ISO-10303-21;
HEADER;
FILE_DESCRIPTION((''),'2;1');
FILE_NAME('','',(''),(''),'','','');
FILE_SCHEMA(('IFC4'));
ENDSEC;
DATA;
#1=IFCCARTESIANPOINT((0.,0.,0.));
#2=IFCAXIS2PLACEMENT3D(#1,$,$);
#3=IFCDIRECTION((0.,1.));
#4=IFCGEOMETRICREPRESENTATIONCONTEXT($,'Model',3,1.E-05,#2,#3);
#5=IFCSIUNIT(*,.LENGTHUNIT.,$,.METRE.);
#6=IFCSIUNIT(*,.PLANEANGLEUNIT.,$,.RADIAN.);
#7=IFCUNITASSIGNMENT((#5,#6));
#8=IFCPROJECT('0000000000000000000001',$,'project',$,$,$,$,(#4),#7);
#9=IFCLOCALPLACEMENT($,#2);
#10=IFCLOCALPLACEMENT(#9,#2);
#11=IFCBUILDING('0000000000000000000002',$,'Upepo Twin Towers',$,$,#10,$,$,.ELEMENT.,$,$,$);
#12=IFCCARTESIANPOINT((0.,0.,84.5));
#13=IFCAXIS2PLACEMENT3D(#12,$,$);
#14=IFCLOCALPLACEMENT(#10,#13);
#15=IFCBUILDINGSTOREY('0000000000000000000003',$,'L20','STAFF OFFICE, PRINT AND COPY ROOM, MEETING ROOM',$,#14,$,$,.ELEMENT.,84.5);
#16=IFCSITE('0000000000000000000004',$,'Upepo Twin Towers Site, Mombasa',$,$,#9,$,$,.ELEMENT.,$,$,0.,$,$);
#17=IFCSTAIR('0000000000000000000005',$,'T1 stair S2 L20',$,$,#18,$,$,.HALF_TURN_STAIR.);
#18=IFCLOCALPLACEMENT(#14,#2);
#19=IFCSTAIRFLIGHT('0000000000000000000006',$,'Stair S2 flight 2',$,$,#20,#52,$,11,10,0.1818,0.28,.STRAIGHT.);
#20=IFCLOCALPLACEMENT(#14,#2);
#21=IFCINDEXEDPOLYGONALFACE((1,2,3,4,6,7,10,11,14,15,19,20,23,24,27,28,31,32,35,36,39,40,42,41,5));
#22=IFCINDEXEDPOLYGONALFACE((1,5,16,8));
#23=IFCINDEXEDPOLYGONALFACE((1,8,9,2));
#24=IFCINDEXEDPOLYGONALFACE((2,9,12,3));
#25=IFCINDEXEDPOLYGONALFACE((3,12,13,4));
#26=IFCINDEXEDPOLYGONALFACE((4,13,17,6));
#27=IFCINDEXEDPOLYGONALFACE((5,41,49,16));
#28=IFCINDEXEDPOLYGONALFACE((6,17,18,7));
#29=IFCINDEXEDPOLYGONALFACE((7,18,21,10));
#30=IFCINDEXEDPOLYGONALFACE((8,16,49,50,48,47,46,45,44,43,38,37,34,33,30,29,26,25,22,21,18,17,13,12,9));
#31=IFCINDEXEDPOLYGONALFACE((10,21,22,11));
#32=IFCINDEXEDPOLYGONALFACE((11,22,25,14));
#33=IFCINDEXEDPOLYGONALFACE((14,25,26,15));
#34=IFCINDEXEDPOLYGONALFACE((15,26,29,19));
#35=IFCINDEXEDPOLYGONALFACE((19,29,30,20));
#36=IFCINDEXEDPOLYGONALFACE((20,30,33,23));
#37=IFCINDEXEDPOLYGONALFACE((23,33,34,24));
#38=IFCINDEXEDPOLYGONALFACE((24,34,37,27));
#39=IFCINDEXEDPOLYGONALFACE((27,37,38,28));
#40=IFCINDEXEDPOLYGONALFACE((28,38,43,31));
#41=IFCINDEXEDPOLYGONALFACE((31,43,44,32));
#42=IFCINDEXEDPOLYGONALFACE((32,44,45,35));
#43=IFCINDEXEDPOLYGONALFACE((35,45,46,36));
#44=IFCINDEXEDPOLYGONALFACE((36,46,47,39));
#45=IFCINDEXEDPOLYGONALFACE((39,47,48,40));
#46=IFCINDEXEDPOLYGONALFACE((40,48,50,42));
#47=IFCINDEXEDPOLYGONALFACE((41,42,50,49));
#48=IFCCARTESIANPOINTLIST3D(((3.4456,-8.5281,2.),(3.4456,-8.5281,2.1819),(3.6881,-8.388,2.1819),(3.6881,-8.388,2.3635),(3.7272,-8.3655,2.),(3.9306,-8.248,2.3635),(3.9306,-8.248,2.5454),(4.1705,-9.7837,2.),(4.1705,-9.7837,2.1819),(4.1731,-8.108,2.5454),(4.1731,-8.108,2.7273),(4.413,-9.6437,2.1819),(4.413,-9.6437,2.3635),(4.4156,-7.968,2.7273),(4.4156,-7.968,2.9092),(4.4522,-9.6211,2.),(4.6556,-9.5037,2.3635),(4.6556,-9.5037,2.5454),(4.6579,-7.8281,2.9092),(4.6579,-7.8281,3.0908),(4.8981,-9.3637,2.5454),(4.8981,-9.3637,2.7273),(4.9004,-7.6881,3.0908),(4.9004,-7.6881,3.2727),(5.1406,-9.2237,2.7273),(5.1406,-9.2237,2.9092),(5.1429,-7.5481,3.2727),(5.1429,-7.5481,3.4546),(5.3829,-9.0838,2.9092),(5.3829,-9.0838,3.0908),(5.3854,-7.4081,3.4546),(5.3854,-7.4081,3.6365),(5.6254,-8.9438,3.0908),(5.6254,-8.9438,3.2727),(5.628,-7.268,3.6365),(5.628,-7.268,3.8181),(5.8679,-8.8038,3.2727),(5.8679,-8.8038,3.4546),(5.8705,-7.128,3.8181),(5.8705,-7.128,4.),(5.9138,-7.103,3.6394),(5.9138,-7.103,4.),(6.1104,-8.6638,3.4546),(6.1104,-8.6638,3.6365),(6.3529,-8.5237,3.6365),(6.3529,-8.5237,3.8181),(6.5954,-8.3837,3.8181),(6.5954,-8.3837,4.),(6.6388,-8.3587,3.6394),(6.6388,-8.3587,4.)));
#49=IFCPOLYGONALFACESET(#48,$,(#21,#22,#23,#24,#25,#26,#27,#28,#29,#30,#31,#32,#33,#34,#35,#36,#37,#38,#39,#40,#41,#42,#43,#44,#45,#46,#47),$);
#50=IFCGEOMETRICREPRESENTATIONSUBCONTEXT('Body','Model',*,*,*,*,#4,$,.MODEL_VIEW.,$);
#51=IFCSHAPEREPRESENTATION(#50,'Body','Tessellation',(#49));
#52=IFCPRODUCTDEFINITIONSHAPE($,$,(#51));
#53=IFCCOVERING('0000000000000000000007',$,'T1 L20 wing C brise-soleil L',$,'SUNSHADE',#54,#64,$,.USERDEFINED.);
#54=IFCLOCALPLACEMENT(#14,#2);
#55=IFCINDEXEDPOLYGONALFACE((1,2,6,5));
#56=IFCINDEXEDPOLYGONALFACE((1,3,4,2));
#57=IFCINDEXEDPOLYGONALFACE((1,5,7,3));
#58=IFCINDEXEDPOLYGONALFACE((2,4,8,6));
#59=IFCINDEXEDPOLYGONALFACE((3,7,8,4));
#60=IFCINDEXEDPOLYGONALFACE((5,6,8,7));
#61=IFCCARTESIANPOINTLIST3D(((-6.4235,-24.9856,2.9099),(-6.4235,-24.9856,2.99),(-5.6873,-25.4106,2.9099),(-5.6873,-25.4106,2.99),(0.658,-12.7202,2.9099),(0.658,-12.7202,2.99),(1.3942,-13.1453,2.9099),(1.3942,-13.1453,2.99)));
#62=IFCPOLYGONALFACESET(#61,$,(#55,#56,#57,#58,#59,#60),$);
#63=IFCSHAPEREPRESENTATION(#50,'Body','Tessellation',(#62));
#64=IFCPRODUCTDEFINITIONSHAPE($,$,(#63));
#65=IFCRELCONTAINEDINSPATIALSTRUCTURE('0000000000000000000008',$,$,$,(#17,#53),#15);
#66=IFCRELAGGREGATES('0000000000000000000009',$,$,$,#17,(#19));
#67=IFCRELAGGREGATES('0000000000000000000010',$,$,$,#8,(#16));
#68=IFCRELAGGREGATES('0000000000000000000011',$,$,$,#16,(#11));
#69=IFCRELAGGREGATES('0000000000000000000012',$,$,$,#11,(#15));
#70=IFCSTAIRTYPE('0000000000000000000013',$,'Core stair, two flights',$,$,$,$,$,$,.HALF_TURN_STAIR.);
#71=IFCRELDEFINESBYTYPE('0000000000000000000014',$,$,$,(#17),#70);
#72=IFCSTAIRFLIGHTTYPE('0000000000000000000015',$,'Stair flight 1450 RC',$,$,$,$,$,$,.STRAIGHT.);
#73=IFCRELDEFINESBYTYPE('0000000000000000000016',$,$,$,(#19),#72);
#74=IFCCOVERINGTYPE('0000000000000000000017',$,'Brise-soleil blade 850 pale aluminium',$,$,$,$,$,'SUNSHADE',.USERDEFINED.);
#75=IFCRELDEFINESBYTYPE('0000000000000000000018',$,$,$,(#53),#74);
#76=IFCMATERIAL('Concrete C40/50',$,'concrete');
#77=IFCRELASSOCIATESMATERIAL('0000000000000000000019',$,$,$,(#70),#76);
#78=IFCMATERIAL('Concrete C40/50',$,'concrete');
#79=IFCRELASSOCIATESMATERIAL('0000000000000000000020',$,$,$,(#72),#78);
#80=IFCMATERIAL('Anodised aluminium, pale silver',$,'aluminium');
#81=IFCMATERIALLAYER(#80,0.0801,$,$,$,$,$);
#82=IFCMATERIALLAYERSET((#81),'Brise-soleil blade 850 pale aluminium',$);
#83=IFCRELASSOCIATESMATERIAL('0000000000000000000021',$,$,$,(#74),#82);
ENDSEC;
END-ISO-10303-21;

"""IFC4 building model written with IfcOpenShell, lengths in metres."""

from ifc_helpers import new_model, si_unit, direction, frame, origin, origin_2d, place, context, subcontext, project, spatial, polyline, rectangle, outline, extrude, material, layer, layer_set, type_object, element, aggregate, save


model = new_model("IFC4")

# Units and contexts
model_context = context("Model", 3, precision=1e-05, world=origin(), true_north=direction((0.0, 1.0)))
body_context = subcontext(model_context, "Body", "Model", "MODEL_VIEW")
ifc_project = project(units=[si_unit("LENGTHUNIT", "METRE"), si_unit("PLANEANGLEUNIT", "RADIAN")], contexts=[model_context])

# Site, building, storey
site_placement = place(None, origin())
site = spatial("IfcSite", under=ifc_project, at=site_placement, Name="Upepo Twin Towers Site, Mombasa", CompositionType="ELEMENT", RefElevation=0.0)
building_placement = place(site_placement, origin())
building = spatial("IfcBuilding", under=site, at=building_placement, Name="Upepo Twin Towers", CompositionType="ELEMENT")
storey_placement = place(building_placement, frame((0.0, 0.0, 84.5)))
storey = spatial("IfcBuildingStorey", under=building, at=storey_placement, Name="L20", Description="STAFF OFFICE, PRINT AND COPY ROOM, MEETING ROOM", CompositionType="ELEMENT", Elevation=84.5)

# Stair, stair flight
ifc_material_1 = material(Name="Concrete C40/50", Category="concrete")
stair_type = type_object("IfcStairType", Name="Core stair, two flights", PredefinedType="HALF_TURN_STAIR", material=ifc_material_1)
stair_placement = place(storey_placement, origin())
stair = element("IfcStair", 1, at=stair_placement, inside=storey, type_object=stair_type, Name="T1 stair S2 L20", PredefinedType="HALF_TURN_STAIR")
ifc_material_2 = material(Name="Concrete C40/50", Category="concrete")
stair_flight_type = type_object("IfcStairFlightType", Name="Stair flight 1450 RC", PredefinedType="STRAIGHT", material=ifc_material_2)
stair_flight_placement = place(storey_placement, frame((3.8081, -9.156, 2.0), z_axis=(0.0, 0.0, 1.0), x_axis=(0.866025, 0.5, 0.0)))
stair_flight = element("IfcStairFlight", 2, at=stair_flight_placement, type_object=stair_flight_type, Name="Stair S2 flight 2", NumberOfRisers=11, NumberOfTreads=10, PredefinedType="STRAIGHT", RiserHeight=0.1818, TreadLength=0.28, context=body_context, shape_type="SweptSolid", body=[
    extrude(outline(polyline([(0.0, 0.0), (0.0, 0.1819), (0.28, 0.1819), (0.28, 0.3635), (0.5601, 0.3635), (0.5601, 0.5454), (0.8401, 0.5454), (0.8401, 0.7273), (1.1201, 0.7273), (1.1201, 0.9092), (1.3999, 0.9092), (1.3999, 1.0908), (1.6799, 1.0908), (1.6799, 1.2727), (1.96, 1.2727), (1.96, 1.4546), (2.24, 1.4546), (2.24, 1.6365), (2.52, 1.6365), (2.52, 1.8181), (2.8, 1.8181), (2.8, 2.0), (2.8501, 2.0), (2.8501, 1.6394), (0.3252, 0.0), (0.0, 0.0)])), frame((0.0, 0.7251, 0.0), z_axis=(0.0, -1.0, 0.0), x_axis=(1.0, 0.0, 0.0)), (0.0, 0.0, 1.0), 1.45),
])
aggregate(stair, [stair_flight])

# Covering
ifc_material_3 = material(Name="Anodised aluminium, pale silver", Category="aluminium")
ifc_layer_1 = layer(ifc_material_3, 0.0801)
ifc_layer_set_1 = layer_set([ifc_layer_1], Name="Brise-soleil blade 850 pale aluminium")
covering_type = type_object("IfcCoveringType", Name="Brise-soleil blade 850 pale aluminium", ElementType="SUNSHADE", PredefinedType="USERDEFINED", material=ifc_layer_set_1)
covering_placement = place(storey_placement, frame((-2.5146, -19.0654, 2.9099), z_axis=(0.0, 0.0, 1.0), x_axis=(-0.5, -0.866025, 0.0)))
element("IfcCovering", 3, at=covering_placement, inside=storey, type_object=covering_type, Name="T1 L20 wing C brise-soleil L", ObjectType="SUNSHADE", PredefinedType="USERDEFINED", context=body_context, shape_type="SweptSolid", body=[
    extrude(rectangle(XDim=14.1628, YDim=0.8501, at=origin_2d()), origin(), (0.0, 0.0, 1.0), 0.0801),
])

save(model, "model.ifc")
